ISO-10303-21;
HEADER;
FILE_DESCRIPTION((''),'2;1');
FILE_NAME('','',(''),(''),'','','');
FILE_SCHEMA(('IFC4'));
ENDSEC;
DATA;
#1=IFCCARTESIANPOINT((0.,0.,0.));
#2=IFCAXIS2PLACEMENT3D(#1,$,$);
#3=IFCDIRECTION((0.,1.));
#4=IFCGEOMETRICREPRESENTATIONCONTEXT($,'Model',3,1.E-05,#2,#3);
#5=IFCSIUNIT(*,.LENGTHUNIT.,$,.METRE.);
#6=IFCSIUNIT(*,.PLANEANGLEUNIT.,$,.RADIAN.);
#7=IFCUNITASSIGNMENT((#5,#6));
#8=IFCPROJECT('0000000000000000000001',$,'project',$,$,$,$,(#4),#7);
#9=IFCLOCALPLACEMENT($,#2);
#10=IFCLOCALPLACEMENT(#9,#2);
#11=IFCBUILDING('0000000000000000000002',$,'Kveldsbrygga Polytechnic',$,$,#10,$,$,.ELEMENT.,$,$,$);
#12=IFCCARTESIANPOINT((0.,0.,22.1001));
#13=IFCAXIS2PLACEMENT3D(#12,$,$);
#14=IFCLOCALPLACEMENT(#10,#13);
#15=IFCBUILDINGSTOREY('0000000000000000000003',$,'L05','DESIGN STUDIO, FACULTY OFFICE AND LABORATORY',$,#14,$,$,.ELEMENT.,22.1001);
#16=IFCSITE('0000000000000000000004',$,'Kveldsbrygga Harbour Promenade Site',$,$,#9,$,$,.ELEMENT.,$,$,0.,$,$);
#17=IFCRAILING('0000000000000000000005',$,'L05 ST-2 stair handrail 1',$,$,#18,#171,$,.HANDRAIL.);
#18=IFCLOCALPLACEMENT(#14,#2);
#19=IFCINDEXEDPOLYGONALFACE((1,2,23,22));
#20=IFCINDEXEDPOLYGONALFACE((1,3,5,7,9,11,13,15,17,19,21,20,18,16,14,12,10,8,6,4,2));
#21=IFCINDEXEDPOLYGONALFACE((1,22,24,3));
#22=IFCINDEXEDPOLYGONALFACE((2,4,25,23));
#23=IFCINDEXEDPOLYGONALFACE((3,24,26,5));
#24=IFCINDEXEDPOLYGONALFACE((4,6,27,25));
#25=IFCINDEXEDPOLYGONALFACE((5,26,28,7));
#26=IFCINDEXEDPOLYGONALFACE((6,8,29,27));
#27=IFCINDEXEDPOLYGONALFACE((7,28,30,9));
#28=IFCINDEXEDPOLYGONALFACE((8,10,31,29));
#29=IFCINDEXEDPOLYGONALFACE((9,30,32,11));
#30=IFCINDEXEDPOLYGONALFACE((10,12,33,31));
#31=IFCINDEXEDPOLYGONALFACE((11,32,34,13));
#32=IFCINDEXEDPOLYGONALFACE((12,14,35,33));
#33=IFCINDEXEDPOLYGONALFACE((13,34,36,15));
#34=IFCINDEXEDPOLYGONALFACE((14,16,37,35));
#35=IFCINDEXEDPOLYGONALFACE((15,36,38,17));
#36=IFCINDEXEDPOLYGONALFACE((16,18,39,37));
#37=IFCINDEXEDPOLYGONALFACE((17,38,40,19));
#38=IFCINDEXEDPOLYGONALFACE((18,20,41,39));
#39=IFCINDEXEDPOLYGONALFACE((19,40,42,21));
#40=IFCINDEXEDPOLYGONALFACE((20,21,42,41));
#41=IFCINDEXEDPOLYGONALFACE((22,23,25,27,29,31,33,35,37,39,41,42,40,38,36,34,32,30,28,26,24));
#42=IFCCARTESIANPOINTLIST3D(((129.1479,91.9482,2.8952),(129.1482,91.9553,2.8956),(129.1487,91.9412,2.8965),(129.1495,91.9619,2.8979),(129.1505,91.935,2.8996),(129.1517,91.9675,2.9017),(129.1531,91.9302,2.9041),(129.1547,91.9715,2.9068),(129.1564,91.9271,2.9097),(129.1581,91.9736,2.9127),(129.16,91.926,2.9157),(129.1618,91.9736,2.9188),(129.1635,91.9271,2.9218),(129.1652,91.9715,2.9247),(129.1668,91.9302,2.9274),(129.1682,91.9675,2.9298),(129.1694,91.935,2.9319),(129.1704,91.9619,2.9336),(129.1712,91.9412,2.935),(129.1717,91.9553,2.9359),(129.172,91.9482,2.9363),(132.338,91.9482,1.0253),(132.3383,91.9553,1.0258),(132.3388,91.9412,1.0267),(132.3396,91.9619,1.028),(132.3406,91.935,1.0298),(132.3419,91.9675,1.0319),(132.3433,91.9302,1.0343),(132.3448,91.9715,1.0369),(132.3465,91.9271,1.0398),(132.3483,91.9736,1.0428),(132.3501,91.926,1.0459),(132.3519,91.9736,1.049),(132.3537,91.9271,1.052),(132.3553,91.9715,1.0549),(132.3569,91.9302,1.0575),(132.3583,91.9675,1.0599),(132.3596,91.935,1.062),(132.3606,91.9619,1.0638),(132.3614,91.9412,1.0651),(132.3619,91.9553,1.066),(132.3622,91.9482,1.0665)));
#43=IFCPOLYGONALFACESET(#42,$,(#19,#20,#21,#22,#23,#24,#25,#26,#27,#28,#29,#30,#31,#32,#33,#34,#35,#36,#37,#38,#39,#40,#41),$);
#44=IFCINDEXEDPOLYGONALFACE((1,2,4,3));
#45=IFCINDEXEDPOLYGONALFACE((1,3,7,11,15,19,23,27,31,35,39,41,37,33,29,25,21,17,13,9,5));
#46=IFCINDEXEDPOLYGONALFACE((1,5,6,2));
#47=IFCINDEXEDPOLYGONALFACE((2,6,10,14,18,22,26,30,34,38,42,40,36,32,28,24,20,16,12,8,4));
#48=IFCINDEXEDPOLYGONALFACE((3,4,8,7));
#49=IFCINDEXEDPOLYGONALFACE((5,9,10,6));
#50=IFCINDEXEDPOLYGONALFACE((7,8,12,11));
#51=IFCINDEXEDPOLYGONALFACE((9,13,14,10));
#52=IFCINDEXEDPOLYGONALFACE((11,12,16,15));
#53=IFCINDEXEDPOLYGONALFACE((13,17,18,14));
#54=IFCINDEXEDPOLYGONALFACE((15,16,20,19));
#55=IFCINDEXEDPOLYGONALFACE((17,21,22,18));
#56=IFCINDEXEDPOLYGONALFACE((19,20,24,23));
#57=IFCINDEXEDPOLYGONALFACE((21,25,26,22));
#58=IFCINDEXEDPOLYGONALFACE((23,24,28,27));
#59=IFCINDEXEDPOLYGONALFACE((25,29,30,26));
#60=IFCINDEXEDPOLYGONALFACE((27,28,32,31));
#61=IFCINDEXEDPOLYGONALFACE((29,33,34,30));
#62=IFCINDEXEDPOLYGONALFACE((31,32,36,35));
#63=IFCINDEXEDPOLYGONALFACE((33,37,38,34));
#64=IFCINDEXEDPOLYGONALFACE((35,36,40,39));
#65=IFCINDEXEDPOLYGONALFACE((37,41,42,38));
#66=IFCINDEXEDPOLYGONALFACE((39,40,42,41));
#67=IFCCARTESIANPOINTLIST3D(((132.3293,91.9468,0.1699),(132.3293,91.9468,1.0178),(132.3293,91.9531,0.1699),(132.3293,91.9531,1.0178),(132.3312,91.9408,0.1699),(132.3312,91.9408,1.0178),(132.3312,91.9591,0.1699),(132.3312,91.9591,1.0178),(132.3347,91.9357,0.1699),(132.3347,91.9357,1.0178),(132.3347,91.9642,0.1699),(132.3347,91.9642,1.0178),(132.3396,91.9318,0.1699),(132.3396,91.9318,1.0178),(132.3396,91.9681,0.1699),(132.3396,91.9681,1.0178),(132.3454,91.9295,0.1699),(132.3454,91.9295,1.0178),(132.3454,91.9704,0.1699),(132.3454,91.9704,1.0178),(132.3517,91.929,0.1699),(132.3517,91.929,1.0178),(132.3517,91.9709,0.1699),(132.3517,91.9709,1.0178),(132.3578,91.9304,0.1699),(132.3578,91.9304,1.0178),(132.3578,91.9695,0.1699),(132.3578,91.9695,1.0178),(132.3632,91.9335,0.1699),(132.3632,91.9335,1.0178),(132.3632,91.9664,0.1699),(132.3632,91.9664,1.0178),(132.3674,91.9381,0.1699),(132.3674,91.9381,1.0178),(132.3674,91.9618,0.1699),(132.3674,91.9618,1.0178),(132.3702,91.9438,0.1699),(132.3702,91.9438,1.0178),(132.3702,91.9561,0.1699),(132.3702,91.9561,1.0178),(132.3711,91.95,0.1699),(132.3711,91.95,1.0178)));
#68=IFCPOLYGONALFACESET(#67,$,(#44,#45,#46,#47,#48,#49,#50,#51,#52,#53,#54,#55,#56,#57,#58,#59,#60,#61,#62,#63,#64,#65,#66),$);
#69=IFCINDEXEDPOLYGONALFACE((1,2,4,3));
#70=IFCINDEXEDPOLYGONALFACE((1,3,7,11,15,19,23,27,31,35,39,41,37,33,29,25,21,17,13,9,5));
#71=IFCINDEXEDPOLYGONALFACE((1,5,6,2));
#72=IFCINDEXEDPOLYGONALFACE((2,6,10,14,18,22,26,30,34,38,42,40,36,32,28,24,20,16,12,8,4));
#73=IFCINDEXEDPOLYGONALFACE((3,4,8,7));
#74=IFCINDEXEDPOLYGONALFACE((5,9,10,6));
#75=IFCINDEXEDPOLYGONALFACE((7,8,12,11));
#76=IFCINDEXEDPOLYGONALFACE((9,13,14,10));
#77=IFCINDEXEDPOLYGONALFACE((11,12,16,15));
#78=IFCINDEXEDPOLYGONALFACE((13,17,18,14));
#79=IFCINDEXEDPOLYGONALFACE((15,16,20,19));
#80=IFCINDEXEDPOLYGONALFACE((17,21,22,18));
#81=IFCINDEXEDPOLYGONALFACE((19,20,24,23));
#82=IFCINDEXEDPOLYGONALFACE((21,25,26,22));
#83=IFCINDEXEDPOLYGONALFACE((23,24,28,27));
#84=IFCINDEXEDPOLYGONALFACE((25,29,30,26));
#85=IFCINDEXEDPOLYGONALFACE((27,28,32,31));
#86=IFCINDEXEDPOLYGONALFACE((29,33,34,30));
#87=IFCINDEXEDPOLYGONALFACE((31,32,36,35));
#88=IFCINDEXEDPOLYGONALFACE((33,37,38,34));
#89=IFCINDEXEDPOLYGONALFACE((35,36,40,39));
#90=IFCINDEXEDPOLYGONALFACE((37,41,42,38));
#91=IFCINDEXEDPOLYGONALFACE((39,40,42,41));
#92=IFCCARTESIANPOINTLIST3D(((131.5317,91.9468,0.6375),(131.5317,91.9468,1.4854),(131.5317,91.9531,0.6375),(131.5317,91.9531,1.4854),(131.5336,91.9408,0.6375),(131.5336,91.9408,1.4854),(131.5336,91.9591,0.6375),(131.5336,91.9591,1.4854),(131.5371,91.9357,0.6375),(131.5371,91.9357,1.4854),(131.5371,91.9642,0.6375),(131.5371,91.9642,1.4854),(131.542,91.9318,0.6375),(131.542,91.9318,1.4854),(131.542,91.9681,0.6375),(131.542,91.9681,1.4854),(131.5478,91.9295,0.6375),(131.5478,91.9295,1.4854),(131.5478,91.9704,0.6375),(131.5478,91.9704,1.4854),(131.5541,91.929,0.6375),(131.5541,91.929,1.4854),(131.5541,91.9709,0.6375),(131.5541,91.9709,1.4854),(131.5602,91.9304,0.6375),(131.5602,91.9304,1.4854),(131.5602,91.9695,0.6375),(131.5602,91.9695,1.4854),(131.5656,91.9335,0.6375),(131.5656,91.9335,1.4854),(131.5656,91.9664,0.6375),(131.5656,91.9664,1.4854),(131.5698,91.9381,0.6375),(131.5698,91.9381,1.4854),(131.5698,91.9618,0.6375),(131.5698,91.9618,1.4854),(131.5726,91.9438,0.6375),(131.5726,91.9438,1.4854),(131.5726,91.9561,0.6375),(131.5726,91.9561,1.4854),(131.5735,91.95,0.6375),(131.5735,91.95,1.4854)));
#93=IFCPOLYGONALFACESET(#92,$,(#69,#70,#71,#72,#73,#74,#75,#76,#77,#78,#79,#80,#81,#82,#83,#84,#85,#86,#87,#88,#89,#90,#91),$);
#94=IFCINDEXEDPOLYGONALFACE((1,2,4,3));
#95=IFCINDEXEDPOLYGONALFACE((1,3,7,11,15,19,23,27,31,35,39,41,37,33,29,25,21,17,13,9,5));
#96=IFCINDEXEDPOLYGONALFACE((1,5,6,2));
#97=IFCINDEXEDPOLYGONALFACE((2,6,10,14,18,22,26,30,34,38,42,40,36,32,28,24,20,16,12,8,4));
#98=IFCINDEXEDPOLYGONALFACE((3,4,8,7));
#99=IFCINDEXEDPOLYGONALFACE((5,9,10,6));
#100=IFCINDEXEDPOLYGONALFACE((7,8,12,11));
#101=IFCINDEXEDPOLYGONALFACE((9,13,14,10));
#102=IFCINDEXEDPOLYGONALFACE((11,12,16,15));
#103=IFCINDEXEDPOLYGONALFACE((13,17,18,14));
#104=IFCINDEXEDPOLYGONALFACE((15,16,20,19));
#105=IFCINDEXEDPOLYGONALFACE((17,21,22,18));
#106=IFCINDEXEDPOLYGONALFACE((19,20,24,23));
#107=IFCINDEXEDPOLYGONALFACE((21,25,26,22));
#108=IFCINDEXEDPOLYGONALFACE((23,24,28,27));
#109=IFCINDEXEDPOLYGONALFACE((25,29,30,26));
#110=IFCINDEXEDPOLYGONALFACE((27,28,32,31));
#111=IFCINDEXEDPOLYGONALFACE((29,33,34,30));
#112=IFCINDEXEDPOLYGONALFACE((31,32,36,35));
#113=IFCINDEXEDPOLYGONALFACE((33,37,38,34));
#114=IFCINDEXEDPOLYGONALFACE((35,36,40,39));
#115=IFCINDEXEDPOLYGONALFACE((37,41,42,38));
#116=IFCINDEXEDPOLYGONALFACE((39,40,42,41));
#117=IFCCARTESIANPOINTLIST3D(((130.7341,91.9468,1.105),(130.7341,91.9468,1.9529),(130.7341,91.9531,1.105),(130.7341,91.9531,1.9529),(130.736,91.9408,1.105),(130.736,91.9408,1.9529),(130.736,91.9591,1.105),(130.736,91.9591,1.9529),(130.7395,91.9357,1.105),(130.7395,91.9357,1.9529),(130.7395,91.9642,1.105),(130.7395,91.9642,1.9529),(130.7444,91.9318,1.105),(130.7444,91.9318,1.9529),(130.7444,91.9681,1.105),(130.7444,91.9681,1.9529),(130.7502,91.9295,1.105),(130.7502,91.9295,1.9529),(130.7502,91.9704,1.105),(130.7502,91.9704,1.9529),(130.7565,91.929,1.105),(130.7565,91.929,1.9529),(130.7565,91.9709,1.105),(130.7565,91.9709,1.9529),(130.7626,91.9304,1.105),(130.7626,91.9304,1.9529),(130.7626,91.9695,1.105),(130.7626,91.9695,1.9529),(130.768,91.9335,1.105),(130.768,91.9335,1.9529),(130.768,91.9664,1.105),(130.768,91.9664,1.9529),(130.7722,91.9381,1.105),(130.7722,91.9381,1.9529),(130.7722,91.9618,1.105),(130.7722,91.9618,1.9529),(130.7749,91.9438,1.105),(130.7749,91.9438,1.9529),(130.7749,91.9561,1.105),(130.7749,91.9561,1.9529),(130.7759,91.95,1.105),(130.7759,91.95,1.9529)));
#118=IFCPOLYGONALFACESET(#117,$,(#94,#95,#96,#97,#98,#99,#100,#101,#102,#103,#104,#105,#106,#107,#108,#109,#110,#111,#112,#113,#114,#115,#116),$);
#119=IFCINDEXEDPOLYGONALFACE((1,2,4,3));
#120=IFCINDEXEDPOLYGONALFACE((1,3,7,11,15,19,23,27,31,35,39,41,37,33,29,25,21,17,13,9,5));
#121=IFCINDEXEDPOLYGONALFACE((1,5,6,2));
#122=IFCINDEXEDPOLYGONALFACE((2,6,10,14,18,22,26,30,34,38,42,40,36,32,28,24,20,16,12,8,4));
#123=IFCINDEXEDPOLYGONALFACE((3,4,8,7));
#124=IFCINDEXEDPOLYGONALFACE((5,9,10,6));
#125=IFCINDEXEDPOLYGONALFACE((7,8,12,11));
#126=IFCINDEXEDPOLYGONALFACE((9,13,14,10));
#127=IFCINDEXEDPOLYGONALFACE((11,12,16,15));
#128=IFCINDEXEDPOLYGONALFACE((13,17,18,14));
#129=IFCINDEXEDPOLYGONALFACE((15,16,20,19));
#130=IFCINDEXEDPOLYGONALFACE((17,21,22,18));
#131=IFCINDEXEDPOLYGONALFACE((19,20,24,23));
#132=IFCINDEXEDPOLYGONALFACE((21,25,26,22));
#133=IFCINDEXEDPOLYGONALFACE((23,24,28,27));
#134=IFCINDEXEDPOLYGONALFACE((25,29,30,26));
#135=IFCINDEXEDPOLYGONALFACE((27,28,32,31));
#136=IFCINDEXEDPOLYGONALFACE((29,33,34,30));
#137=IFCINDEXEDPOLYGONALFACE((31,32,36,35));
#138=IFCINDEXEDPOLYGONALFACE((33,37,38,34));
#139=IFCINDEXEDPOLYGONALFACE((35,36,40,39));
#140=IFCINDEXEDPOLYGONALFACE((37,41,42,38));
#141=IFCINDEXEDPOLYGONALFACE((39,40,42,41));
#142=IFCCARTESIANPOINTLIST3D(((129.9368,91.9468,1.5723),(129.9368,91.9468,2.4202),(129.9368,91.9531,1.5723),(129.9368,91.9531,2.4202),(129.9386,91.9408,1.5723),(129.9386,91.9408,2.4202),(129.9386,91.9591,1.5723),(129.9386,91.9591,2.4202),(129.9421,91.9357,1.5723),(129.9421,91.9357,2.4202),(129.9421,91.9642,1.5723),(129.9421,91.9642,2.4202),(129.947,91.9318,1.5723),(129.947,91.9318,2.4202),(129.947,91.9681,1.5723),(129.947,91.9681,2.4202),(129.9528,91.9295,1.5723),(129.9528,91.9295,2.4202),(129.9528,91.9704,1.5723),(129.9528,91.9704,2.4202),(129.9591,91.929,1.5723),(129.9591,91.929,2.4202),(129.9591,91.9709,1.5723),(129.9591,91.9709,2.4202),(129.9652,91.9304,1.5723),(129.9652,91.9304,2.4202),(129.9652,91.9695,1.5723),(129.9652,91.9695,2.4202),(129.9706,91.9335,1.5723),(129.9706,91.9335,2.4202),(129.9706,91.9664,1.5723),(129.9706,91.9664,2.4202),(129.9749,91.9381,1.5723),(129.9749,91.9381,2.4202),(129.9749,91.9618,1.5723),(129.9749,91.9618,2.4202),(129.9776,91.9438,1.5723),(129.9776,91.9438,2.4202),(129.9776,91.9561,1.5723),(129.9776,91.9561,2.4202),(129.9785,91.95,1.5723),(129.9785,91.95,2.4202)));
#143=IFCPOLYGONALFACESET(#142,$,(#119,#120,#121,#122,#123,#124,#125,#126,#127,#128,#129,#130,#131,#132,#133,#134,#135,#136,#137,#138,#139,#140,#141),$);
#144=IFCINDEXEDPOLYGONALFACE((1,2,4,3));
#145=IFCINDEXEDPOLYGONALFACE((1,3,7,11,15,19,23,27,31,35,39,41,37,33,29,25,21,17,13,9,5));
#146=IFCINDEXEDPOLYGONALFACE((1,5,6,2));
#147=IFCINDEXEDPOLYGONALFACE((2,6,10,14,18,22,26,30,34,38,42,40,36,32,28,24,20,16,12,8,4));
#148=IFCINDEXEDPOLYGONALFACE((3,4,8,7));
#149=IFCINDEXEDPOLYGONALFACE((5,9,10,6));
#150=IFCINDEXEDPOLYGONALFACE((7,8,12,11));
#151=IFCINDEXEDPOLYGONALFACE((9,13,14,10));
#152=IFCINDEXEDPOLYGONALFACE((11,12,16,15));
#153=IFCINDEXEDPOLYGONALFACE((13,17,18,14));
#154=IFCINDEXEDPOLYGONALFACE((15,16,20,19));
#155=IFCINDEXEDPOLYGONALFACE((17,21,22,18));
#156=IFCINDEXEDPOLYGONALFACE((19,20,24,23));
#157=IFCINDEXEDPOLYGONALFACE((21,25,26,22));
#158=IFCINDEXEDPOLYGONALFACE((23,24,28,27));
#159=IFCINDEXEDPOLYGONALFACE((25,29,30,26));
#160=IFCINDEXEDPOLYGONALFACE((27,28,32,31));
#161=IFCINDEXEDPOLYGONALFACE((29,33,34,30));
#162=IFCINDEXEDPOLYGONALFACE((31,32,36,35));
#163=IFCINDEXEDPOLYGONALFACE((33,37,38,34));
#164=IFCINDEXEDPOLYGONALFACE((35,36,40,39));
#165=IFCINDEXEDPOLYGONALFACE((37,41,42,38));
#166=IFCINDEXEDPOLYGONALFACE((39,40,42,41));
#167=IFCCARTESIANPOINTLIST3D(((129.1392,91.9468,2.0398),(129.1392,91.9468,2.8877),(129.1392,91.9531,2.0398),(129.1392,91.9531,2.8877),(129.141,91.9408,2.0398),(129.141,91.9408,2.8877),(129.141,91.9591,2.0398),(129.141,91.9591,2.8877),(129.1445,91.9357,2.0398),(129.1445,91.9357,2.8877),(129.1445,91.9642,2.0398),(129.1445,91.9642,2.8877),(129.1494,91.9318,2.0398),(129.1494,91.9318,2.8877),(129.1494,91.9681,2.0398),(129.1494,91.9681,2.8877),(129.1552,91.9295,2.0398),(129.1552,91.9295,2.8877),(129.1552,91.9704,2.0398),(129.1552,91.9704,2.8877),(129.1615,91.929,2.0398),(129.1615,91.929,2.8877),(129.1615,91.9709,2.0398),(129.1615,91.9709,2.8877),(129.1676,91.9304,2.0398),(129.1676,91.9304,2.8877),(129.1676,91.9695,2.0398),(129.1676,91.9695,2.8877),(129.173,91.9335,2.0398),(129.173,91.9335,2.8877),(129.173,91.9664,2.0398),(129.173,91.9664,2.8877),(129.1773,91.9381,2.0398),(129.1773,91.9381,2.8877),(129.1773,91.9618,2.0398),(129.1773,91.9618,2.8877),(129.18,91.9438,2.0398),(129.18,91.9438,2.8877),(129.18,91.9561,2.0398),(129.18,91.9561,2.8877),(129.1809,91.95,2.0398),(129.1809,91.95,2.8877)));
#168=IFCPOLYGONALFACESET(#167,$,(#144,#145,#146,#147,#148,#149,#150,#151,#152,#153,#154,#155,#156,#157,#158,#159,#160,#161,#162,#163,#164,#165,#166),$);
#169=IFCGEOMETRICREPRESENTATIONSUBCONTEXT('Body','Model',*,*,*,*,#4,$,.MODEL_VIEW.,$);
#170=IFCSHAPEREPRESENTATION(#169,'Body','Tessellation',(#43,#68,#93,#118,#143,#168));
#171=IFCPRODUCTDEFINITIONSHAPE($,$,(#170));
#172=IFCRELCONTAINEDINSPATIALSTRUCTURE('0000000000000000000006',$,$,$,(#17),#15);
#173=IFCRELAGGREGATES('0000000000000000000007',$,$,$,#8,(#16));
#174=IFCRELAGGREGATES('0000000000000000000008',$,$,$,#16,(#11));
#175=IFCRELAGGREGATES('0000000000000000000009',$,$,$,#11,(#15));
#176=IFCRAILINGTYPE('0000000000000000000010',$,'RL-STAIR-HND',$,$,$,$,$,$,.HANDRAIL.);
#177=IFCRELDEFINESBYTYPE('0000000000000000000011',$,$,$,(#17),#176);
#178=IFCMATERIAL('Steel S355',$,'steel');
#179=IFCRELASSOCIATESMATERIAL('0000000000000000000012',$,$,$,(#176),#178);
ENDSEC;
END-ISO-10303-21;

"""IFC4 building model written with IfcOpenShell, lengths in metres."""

from ifc_helpers import new_model, si_unit, direction, frame, origin, origin_2d, place, context, subcontext, project, spatial, circle, extrude, material, type_object, element, save


model = new_model("IFC4")

# Units and contexts
model_context = context("Model", 3, precision=1e-05, world=origin(), true_north=direction((0.0, 1.0)))
body_context = subcontext(model_context, "Body", "Model", "MODEL_VIEW")
ifc_project = project(units=[si_unit("LENGTHUNIT", "METRE"), si_unit("PLANEANGLEUNIT", "RADIAN")], contexts=[model_context])

# Site, building, storey
site_placement = place(None, origin())
site = spatial("IfcSite", under=ifc_project, at=site_placement, Name="Kveldsbrygga Harbour Promenade Site", CompositionType="ELEMENT", RefElevation=0.0)
building_placement = place(site_placement, origin())
building = spatial("IfcBuilding", under=site, at=building_placement, Name="Kveldsbrygga Polytechnic", CompositionType="ELEMENT")
storey_placement = place(building_placement, frame((0.0, 0.0, 22.1001)))
storey = spatial("IfcBuildingStorey", under=building, at=storey_placement, Name="L05", Description="DESIGN STUDIO, FACULTY OFFICE AND LABORATORY", CompositionType="ELEMENT", Elevation=22.1001)

# Railing
ifc_material_1 = material(Name="Steel S355", Category="steel")
railing_type_1 = type_object("IfcRailingType", Name="RL-STAIR-HND", PredefinedType="HANDRAIL", material=ifc_material_1)
railing_1_placement = place(storey_placement, frame((132.3501, 91.95, 0.1699)))
element("IfcRailing", 1, at=railing_1_placement, inside=storey, type_object=railing_type_1, Name="L05 ST-2 stair handrail 1", PredefinedType="HANDRAIL", context=body_context, shape_type="SweptSolid", body=[
    extrude(circle(Radius=0.0239, at=origin_2d()), frame((0.0, 0.0, 0.876), z_axis=(-0.862726, 0.0, 0.505672), x_axis=(0.0, -1.0, 0.0)), (0.0, 0.0, 1.0), 3.6978),
    extrude(circle(Radius=0.021, at=origin_2d()), origin(), (0.0, 0.0, 1.0), 0.8479),
    extrude(circle(Radius=0.021, at=origin_2d()), frame((-0.7976, 0.0, 0.4675)), (0.0, 0.0, 1.0), 0.8479),
    extrude(circle(Radius=0.021, at=origin_2d()), frame((-1.5952, 0.0, 0.9351)), (0.0, 0.0, 1.0), 0.8479),
    extrude(circle(Radius=0.021, at=origin_2d()), frame((-2.3926, 0.0, 1.4023)), (0.0, 0.0, 1.0), 0.8479),
    extrude(circle(Radius=0.021, at=origin_2d()), frame((-3.1902, 0.0, 1.8699)), (0.0, 0.0, 1.0), 0.8479),
])

save(model, "model.ifc")
